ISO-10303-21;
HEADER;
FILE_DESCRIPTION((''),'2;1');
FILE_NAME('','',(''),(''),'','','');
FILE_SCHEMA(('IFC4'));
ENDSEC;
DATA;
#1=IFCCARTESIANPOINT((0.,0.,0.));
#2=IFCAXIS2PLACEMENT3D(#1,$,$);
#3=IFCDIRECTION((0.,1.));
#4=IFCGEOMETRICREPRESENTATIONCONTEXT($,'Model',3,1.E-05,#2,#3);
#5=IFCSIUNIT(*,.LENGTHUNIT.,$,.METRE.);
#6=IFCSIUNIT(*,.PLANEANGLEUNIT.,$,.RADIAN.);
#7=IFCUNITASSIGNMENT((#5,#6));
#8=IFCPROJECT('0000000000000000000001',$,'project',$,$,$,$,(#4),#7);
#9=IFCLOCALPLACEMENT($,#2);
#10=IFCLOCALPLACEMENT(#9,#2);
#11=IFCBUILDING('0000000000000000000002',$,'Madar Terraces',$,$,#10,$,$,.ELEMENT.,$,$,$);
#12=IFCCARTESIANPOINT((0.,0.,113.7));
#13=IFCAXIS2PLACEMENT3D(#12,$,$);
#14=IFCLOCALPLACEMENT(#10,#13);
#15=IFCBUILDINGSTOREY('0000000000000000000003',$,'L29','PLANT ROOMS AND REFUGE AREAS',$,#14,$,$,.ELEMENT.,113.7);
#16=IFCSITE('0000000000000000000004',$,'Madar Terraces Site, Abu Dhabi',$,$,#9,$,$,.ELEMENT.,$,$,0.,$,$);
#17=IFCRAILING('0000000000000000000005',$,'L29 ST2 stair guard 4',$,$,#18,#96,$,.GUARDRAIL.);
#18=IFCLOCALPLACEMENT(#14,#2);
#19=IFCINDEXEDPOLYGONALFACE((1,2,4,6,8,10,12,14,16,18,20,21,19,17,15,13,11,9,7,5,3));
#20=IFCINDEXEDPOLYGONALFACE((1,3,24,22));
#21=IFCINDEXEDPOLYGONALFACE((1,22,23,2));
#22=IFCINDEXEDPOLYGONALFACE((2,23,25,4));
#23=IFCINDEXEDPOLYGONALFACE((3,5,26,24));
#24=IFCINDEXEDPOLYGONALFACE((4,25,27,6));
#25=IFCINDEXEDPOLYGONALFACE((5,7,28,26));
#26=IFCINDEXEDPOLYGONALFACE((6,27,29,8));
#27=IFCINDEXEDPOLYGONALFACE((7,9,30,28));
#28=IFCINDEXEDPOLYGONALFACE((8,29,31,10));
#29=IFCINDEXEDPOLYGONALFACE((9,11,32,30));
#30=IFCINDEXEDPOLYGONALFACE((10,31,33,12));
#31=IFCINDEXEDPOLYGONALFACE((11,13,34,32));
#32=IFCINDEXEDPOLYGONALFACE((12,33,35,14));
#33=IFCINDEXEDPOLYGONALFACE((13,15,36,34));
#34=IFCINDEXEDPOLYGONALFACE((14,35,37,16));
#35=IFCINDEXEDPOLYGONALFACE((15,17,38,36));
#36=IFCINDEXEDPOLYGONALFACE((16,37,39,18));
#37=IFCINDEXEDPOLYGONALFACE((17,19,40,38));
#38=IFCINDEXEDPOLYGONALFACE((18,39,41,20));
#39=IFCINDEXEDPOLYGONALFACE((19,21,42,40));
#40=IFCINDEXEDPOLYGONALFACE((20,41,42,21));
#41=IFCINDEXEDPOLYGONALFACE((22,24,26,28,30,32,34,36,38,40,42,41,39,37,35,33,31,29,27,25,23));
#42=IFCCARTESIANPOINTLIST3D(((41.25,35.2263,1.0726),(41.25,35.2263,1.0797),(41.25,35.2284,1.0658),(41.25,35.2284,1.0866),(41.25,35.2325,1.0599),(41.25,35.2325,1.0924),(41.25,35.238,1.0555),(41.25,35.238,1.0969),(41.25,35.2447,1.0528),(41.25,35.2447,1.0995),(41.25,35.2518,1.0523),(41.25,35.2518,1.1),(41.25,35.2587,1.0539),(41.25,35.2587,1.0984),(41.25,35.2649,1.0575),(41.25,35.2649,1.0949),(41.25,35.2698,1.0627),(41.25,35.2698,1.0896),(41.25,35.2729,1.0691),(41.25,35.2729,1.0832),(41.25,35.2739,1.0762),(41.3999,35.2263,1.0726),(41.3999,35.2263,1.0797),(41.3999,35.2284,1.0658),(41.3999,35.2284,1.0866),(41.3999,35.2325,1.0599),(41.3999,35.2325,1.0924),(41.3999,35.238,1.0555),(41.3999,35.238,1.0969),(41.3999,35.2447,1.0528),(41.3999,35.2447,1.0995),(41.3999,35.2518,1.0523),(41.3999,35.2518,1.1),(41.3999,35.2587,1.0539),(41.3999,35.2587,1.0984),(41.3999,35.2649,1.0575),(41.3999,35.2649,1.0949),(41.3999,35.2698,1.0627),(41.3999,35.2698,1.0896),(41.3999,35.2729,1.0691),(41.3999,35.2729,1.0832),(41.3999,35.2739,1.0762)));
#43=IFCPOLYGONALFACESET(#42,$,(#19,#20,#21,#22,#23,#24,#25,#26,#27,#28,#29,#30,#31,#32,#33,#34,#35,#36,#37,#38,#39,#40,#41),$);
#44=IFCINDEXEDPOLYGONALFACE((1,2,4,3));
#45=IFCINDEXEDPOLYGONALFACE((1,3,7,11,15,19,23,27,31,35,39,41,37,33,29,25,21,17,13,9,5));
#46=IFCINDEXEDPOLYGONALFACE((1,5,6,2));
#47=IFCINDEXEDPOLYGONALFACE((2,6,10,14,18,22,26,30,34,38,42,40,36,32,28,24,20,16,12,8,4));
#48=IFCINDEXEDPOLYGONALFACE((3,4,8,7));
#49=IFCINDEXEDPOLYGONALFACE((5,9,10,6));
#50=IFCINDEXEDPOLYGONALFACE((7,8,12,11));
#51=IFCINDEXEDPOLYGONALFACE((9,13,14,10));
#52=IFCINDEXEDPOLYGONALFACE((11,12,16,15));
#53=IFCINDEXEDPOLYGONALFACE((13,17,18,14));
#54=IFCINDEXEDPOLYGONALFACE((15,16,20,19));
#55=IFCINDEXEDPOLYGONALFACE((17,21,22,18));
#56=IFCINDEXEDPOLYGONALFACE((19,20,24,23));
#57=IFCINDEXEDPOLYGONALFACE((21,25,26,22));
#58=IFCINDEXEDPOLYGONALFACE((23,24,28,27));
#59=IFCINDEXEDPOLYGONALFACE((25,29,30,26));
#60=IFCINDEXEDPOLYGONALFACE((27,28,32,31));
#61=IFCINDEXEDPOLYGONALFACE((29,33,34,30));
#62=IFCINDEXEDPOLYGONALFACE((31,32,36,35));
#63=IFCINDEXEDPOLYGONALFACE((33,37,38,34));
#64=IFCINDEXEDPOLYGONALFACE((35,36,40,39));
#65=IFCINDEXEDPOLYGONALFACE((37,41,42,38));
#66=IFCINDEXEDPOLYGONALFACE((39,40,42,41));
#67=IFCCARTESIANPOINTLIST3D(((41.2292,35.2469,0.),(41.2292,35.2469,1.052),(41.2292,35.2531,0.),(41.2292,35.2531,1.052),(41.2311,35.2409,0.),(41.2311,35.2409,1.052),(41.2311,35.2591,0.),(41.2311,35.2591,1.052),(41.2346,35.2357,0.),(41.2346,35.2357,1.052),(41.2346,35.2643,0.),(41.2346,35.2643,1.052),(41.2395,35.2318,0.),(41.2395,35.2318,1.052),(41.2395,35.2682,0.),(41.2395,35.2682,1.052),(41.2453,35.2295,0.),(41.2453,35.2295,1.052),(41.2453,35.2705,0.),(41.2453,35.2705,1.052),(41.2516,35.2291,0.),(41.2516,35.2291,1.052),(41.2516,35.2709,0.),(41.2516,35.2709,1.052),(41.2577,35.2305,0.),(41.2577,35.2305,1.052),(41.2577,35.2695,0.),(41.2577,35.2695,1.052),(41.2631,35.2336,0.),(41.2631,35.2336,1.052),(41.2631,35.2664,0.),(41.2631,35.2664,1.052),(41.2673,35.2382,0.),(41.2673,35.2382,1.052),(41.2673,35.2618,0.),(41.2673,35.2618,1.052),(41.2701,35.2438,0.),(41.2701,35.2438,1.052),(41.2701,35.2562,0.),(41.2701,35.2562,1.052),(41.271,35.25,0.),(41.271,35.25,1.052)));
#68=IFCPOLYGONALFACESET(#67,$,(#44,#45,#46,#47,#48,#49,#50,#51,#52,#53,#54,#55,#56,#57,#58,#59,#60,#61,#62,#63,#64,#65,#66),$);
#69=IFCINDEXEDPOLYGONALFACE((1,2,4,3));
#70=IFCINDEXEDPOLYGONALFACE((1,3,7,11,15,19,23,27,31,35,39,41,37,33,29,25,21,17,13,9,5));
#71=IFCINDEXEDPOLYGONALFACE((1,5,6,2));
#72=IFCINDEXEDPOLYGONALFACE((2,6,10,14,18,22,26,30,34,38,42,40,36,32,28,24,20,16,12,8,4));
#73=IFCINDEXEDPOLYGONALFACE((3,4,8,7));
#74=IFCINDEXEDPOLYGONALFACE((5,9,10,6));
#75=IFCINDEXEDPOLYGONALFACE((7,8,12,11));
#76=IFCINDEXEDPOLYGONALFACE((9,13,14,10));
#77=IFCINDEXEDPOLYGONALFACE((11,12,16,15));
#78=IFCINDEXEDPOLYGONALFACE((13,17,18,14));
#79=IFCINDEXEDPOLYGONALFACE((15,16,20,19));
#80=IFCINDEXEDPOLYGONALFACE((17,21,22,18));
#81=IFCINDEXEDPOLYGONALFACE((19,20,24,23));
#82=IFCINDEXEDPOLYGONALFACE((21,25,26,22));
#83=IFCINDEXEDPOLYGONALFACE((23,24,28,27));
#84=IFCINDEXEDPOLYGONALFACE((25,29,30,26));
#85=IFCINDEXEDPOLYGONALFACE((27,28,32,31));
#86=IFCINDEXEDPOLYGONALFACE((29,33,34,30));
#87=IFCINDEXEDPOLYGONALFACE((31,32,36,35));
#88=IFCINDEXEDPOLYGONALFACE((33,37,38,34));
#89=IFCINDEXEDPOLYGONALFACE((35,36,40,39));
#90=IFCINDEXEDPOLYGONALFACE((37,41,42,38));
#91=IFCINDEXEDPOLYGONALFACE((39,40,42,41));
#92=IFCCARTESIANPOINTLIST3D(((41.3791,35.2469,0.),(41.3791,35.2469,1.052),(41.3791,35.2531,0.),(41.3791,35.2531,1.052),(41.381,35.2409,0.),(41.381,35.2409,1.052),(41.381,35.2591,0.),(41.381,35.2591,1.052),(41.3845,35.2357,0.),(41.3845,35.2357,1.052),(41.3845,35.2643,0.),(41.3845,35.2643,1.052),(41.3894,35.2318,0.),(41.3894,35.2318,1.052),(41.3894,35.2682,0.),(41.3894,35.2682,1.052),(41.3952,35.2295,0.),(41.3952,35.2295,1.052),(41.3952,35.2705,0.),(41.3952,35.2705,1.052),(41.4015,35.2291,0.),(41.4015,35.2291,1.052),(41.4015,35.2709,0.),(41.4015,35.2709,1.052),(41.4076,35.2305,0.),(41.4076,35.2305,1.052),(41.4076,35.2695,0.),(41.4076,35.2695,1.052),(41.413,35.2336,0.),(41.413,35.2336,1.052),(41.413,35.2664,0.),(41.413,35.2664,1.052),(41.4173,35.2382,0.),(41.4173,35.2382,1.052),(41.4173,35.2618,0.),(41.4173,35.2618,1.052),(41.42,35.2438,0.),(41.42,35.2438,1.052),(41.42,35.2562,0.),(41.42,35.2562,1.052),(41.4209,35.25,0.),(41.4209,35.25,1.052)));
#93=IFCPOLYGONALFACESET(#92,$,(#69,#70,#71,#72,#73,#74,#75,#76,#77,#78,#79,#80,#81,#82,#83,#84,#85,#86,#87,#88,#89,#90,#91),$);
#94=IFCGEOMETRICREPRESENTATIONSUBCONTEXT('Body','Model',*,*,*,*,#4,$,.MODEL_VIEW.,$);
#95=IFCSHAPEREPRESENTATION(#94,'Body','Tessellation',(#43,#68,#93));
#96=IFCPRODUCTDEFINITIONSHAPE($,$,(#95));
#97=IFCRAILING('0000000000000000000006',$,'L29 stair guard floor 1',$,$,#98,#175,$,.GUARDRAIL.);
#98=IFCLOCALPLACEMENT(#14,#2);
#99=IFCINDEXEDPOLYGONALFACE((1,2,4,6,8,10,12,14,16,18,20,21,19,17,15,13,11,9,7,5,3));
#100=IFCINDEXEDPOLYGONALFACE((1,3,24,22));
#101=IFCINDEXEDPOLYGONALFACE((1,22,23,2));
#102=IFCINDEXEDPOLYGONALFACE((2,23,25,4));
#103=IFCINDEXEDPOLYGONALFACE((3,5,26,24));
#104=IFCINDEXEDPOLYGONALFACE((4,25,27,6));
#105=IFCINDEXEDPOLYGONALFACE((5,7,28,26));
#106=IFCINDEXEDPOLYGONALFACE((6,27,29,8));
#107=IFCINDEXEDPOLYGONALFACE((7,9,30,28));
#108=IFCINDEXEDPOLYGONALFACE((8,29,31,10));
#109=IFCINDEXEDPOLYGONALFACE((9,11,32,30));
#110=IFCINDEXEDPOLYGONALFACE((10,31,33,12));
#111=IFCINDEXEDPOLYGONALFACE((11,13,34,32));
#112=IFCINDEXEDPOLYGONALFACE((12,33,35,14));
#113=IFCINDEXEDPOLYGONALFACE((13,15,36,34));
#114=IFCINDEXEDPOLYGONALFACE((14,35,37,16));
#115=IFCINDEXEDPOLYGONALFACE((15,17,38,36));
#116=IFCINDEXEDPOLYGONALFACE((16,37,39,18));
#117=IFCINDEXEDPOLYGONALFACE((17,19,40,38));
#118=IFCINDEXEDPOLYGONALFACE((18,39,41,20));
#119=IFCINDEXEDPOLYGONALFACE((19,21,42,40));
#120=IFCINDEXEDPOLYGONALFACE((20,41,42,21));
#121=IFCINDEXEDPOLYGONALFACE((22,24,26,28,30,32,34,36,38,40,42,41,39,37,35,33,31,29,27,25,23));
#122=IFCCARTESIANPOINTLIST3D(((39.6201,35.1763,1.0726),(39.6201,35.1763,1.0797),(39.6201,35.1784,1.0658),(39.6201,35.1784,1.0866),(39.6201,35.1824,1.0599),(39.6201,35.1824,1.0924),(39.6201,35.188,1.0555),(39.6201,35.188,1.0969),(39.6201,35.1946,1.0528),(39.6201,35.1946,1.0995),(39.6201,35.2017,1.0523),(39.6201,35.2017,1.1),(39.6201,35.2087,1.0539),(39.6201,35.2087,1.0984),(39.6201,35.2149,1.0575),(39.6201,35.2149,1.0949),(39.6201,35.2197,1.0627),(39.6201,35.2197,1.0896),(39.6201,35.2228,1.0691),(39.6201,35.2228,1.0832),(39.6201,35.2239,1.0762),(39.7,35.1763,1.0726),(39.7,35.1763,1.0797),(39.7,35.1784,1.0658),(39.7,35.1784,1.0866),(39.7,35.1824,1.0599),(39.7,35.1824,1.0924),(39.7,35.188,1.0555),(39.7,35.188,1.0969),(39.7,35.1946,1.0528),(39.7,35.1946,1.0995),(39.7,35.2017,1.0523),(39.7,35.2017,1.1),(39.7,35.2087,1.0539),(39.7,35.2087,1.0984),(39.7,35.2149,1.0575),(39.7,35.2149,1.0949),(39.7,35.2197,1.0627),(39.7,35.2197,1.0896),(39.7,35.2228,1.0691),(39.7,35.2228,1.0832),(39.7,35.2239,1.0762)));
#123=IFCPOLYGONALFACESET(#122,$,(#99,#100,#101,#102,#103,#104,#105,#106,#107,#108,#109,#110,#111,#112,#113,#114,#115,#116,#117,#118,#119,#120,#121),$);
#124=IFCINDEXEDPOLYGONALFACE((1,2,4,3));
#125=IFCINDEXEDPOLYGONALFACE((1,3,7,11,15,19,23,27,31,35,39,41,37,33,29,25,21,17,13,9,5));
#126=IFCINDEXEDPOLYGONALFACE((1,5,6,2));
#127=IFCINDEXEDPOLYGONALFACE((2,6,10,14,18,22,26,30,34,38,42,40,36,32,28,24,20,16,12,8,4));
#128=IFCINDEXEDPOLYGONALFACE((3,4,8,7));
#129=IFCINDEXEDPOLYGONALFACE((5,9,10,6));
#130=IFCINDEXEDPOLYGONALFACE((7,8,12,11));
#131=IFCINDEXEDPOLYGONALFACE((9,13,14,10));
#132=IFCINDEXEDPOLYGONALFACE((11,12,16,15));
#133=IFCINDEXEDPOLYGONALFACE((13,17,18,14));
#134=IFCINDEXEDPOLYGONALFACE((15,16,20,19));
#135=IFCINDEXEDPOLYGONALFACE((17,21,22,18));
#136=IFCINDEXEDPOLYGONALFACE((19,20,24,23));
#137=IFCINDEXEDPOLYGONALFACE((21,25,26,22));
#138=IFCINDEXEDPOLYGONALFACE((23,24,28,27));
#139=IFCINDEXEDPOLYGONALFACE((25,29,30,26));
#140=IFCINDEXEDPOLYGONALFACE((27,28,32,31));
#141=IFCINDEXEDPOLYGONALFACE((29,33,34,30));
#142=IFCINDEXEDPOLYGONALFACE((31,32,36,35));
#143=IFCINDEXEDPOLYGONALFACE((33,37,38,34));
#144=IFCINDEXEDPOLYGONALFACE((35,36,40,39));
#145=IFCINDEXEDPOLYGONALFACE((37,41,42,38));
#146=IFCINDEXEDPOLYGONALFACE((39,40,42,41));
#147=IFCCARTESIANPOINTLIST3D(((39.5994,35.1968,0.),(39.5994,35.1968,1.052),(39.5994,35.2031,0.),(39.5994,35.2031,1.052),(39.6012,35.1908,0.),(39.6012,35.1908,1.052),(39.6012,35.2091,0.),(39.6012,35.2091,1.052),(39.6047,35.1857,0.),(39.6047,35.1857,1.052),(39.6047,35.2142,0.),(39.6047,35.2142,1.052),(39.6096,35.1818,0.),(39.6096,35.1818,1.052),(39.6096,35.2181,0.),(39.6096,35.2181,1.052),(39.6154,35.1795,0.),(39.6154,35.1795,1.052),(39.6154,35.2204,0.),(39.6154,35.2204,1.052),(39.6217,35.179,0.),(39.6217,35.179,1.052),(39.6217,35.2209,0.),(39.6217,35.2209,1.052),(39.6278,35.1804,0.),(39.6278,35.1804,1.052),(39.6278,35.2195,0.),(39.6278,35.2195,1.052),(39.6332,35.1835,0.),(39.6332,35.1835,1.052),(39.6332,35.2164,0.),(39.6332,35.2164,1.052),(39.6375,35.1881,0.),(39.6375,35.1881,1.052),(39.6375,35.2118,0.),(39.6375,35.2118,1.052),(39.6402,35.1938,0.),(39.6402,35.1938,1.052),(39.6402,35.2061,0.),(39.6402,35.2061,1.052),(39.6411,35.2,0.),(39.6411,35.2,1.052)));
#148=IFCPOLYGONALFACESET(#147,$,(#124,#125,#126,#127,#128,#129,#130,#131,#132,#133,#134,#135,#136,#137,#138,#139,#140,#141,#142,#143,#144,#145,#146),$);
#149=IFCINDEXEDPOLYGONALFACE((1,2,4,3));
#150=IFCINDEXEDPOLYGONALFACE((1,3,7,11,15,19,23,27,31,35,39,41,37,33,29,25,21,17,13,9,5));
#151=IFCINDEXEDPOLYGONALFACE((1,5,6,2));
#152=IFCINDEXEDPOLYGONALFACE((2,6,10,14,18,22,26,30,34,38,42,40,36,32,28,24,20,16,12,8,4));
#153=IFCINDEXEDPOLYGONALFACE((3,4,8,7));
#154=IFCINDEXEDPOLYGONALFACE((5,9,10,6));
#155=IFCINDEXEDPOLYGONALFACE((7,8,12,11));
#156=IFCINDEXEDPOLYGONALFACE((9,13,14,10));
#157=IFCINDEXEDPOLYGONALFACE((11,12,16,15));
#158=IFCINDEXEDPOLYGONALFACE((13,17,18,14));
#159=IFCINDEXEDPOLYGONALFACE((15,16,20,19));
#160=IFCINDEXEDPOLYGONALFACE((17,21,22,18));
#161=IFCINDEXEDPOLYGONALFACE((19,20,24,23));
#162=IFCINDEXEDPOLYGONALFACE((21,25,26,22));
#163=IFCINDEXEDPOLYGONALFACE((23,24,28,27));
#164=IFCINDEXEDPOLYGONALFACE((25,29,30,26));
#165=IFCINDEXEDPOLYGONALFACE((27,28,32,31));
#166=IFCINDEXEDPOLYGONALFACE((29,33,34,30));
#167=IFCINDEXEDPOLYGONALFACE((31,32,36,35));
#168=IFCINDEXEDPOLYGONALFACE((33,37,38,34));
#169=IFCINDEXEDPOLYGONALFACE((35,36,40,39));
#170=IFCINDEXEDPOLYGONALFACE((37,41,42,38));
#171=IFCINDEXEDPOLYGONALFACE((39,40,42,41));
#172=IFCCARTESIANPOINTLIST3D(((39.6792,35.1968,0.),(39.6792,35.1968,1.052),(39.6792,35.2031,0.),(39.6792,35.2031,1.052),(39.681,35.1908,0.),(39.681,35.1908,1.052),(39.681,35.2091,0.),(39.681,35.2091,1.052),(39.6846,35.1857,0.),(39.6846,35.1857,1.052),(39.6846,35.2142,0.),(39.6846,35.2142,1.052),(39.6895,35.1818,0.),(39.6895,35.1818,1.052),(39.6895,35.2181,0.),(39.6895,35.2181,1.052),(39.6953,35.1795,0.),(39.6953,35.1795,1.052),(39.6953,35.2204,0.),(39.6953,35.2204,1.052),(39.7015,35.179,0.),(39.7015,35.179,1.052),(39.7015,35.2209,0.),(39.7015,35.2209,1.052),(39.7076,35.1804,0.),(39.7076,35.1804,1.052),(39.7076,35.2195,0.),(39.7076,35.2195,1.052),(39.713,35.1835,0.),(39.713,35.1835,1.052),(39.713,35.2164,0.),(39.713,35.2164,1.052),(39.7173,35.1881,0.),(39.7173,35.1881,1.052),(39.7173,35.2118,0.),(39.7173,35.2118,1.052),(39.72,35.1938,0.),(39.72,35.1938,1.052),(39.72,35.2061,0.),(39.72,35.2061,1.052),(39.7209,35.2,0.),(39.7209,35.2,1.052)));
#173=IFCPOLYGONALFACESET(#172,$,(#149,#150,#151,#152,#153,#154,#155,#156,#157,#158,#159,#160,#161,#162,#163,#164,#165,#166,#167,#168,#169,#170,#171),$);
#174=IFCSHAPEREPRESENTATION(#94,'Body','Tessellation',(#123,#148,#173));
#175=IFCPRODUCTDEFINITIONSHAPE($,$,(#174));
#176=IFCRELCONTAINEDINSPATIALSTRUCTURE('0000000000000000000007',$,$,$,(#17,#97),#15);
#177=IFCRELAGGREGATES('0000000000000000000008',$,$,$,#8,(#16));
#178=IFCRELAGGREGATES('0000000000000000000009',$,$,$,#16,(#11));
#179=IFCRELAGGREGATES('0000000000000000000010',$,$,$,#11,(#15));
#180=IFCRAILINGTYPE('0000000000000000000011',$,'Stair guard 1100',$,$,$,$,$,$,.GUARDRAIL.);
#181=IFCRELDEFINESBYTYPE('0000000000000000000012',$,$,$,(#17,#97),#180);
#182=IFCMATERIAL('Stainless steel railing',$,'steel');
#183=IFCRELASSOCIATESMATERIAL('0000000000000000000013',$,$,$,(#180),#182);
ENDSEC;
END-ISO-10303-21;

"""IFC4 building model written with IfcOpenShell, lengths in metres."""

from ifc_helpers import new_model, si_unit, direction, frame, origin, origin_2d, place, context, subcontext, project, spatial, circle, extrude, material, type_object, element, save


model = new_model("IFC4")

# Units and contexts
model_context = context("Model", 3, precision=1e-05, world=origin(), true_north=direction((0.0, 1.0)))
body_context = subcontext(model_context, "Body", "Model", "MODEL_VIEW")
ifc_project = project(units=[si_unit("LENGTHUNIT", "METRE"), si_unit("PLANEANGLEUNIT", "RADIAN")], contexts=[model_context])

# Site, building, storey
site_placement = place(None, origin())
site = spatial("IfcSite", under=ifc_project, at=site_placement, Name="Madar Terraces Site, Abu Dhabi", CompositionType="ELEMENT", RefElevation=0.0)
building_placement = place(site_placement, origin())
building = spatial("IfcBuilding", under=site, at=building_placement, Name="Madar Terraces", CompositionType="ELEMENT")
storey_placement = place(building_placement, frame((0.0, 0.0, 113.7)))
storey = spatial("IfcBuildingStorey", under=building, at=storey_placement, Name="L29", Description="PLANT ROOMS AND REFUGE AREAS", CompositionType="ELEMENT", Elevation=113.7)

# Railings
ifc_material_1 = material(Name="Stainless steel railing", Category="steel")
railing_type_1 = type_object("IfcRailingType", Name="Stair guard 1100", PredefinedType="GUARDRAIL", material=ifc_material_1)
railing_1_placement = place(storey_placement, frame((41.25, 35.25, 0.0)))
element("IfcRailing", 1, at=railing_1_placement, inside=storey, type_object=railing_type_1, Name="L29 ST2 stair guard 4", PredefinedType="GUARDRAIL", context=body_context, shape_type="SweptSolid", body=[
    extrude(circle(Radius=0.0239, at=origin_2d()), frame((0.0, 0.0, 1.0762), z_axis=(1.0, 0.0, 0.0), x_axis=(0.0, 1.0, 0.0)), (0.0, 0.0, 1.0), 0.1499),
    extrude(circle(Radius=0.021, at=origin_2d()), origin(), (0.0, 0.0, 1.0), 1.052),
    extrude(circle(Radius=0.021, at=origin_2d()), frame((0.1499, 0.0, 0.0)), (0.0, 0.0, 1.0), 1.052),
])
railing_2_placement = place(storey_placement, frame((39.6201, 35.2, 0.0)))
element("IfcRailing", 2, at=railing_2_placement, inside=storey, type_object=railing_type_1, Name="L29 stair guard floor 1", PredefinedType="GUARDRAIL", context=body_context, shape_type="SweptSolid", body=[
    extrude(circle(Radius=0.0239, at=origin_2d()), frame((0.0, 0.0, 1.0762), z_axis=(1.0, 0.0, 0.0), x_axis=(0.0, 1.0, 0.0)), (0.0, 0.0, 1.0), 0.0798),
    extrude(circle(Radius=0.021, at=origin_2d()), origin(), (0.0, 0.0, 1.0), 1.052),
    extrude(circle(Radius=0.021, at=origin_2d()), frame((0.0798, 0.0, 0.0)), (0.0, 0.0, 1.0), 1.052),
])

save(model, "model.ifc")
